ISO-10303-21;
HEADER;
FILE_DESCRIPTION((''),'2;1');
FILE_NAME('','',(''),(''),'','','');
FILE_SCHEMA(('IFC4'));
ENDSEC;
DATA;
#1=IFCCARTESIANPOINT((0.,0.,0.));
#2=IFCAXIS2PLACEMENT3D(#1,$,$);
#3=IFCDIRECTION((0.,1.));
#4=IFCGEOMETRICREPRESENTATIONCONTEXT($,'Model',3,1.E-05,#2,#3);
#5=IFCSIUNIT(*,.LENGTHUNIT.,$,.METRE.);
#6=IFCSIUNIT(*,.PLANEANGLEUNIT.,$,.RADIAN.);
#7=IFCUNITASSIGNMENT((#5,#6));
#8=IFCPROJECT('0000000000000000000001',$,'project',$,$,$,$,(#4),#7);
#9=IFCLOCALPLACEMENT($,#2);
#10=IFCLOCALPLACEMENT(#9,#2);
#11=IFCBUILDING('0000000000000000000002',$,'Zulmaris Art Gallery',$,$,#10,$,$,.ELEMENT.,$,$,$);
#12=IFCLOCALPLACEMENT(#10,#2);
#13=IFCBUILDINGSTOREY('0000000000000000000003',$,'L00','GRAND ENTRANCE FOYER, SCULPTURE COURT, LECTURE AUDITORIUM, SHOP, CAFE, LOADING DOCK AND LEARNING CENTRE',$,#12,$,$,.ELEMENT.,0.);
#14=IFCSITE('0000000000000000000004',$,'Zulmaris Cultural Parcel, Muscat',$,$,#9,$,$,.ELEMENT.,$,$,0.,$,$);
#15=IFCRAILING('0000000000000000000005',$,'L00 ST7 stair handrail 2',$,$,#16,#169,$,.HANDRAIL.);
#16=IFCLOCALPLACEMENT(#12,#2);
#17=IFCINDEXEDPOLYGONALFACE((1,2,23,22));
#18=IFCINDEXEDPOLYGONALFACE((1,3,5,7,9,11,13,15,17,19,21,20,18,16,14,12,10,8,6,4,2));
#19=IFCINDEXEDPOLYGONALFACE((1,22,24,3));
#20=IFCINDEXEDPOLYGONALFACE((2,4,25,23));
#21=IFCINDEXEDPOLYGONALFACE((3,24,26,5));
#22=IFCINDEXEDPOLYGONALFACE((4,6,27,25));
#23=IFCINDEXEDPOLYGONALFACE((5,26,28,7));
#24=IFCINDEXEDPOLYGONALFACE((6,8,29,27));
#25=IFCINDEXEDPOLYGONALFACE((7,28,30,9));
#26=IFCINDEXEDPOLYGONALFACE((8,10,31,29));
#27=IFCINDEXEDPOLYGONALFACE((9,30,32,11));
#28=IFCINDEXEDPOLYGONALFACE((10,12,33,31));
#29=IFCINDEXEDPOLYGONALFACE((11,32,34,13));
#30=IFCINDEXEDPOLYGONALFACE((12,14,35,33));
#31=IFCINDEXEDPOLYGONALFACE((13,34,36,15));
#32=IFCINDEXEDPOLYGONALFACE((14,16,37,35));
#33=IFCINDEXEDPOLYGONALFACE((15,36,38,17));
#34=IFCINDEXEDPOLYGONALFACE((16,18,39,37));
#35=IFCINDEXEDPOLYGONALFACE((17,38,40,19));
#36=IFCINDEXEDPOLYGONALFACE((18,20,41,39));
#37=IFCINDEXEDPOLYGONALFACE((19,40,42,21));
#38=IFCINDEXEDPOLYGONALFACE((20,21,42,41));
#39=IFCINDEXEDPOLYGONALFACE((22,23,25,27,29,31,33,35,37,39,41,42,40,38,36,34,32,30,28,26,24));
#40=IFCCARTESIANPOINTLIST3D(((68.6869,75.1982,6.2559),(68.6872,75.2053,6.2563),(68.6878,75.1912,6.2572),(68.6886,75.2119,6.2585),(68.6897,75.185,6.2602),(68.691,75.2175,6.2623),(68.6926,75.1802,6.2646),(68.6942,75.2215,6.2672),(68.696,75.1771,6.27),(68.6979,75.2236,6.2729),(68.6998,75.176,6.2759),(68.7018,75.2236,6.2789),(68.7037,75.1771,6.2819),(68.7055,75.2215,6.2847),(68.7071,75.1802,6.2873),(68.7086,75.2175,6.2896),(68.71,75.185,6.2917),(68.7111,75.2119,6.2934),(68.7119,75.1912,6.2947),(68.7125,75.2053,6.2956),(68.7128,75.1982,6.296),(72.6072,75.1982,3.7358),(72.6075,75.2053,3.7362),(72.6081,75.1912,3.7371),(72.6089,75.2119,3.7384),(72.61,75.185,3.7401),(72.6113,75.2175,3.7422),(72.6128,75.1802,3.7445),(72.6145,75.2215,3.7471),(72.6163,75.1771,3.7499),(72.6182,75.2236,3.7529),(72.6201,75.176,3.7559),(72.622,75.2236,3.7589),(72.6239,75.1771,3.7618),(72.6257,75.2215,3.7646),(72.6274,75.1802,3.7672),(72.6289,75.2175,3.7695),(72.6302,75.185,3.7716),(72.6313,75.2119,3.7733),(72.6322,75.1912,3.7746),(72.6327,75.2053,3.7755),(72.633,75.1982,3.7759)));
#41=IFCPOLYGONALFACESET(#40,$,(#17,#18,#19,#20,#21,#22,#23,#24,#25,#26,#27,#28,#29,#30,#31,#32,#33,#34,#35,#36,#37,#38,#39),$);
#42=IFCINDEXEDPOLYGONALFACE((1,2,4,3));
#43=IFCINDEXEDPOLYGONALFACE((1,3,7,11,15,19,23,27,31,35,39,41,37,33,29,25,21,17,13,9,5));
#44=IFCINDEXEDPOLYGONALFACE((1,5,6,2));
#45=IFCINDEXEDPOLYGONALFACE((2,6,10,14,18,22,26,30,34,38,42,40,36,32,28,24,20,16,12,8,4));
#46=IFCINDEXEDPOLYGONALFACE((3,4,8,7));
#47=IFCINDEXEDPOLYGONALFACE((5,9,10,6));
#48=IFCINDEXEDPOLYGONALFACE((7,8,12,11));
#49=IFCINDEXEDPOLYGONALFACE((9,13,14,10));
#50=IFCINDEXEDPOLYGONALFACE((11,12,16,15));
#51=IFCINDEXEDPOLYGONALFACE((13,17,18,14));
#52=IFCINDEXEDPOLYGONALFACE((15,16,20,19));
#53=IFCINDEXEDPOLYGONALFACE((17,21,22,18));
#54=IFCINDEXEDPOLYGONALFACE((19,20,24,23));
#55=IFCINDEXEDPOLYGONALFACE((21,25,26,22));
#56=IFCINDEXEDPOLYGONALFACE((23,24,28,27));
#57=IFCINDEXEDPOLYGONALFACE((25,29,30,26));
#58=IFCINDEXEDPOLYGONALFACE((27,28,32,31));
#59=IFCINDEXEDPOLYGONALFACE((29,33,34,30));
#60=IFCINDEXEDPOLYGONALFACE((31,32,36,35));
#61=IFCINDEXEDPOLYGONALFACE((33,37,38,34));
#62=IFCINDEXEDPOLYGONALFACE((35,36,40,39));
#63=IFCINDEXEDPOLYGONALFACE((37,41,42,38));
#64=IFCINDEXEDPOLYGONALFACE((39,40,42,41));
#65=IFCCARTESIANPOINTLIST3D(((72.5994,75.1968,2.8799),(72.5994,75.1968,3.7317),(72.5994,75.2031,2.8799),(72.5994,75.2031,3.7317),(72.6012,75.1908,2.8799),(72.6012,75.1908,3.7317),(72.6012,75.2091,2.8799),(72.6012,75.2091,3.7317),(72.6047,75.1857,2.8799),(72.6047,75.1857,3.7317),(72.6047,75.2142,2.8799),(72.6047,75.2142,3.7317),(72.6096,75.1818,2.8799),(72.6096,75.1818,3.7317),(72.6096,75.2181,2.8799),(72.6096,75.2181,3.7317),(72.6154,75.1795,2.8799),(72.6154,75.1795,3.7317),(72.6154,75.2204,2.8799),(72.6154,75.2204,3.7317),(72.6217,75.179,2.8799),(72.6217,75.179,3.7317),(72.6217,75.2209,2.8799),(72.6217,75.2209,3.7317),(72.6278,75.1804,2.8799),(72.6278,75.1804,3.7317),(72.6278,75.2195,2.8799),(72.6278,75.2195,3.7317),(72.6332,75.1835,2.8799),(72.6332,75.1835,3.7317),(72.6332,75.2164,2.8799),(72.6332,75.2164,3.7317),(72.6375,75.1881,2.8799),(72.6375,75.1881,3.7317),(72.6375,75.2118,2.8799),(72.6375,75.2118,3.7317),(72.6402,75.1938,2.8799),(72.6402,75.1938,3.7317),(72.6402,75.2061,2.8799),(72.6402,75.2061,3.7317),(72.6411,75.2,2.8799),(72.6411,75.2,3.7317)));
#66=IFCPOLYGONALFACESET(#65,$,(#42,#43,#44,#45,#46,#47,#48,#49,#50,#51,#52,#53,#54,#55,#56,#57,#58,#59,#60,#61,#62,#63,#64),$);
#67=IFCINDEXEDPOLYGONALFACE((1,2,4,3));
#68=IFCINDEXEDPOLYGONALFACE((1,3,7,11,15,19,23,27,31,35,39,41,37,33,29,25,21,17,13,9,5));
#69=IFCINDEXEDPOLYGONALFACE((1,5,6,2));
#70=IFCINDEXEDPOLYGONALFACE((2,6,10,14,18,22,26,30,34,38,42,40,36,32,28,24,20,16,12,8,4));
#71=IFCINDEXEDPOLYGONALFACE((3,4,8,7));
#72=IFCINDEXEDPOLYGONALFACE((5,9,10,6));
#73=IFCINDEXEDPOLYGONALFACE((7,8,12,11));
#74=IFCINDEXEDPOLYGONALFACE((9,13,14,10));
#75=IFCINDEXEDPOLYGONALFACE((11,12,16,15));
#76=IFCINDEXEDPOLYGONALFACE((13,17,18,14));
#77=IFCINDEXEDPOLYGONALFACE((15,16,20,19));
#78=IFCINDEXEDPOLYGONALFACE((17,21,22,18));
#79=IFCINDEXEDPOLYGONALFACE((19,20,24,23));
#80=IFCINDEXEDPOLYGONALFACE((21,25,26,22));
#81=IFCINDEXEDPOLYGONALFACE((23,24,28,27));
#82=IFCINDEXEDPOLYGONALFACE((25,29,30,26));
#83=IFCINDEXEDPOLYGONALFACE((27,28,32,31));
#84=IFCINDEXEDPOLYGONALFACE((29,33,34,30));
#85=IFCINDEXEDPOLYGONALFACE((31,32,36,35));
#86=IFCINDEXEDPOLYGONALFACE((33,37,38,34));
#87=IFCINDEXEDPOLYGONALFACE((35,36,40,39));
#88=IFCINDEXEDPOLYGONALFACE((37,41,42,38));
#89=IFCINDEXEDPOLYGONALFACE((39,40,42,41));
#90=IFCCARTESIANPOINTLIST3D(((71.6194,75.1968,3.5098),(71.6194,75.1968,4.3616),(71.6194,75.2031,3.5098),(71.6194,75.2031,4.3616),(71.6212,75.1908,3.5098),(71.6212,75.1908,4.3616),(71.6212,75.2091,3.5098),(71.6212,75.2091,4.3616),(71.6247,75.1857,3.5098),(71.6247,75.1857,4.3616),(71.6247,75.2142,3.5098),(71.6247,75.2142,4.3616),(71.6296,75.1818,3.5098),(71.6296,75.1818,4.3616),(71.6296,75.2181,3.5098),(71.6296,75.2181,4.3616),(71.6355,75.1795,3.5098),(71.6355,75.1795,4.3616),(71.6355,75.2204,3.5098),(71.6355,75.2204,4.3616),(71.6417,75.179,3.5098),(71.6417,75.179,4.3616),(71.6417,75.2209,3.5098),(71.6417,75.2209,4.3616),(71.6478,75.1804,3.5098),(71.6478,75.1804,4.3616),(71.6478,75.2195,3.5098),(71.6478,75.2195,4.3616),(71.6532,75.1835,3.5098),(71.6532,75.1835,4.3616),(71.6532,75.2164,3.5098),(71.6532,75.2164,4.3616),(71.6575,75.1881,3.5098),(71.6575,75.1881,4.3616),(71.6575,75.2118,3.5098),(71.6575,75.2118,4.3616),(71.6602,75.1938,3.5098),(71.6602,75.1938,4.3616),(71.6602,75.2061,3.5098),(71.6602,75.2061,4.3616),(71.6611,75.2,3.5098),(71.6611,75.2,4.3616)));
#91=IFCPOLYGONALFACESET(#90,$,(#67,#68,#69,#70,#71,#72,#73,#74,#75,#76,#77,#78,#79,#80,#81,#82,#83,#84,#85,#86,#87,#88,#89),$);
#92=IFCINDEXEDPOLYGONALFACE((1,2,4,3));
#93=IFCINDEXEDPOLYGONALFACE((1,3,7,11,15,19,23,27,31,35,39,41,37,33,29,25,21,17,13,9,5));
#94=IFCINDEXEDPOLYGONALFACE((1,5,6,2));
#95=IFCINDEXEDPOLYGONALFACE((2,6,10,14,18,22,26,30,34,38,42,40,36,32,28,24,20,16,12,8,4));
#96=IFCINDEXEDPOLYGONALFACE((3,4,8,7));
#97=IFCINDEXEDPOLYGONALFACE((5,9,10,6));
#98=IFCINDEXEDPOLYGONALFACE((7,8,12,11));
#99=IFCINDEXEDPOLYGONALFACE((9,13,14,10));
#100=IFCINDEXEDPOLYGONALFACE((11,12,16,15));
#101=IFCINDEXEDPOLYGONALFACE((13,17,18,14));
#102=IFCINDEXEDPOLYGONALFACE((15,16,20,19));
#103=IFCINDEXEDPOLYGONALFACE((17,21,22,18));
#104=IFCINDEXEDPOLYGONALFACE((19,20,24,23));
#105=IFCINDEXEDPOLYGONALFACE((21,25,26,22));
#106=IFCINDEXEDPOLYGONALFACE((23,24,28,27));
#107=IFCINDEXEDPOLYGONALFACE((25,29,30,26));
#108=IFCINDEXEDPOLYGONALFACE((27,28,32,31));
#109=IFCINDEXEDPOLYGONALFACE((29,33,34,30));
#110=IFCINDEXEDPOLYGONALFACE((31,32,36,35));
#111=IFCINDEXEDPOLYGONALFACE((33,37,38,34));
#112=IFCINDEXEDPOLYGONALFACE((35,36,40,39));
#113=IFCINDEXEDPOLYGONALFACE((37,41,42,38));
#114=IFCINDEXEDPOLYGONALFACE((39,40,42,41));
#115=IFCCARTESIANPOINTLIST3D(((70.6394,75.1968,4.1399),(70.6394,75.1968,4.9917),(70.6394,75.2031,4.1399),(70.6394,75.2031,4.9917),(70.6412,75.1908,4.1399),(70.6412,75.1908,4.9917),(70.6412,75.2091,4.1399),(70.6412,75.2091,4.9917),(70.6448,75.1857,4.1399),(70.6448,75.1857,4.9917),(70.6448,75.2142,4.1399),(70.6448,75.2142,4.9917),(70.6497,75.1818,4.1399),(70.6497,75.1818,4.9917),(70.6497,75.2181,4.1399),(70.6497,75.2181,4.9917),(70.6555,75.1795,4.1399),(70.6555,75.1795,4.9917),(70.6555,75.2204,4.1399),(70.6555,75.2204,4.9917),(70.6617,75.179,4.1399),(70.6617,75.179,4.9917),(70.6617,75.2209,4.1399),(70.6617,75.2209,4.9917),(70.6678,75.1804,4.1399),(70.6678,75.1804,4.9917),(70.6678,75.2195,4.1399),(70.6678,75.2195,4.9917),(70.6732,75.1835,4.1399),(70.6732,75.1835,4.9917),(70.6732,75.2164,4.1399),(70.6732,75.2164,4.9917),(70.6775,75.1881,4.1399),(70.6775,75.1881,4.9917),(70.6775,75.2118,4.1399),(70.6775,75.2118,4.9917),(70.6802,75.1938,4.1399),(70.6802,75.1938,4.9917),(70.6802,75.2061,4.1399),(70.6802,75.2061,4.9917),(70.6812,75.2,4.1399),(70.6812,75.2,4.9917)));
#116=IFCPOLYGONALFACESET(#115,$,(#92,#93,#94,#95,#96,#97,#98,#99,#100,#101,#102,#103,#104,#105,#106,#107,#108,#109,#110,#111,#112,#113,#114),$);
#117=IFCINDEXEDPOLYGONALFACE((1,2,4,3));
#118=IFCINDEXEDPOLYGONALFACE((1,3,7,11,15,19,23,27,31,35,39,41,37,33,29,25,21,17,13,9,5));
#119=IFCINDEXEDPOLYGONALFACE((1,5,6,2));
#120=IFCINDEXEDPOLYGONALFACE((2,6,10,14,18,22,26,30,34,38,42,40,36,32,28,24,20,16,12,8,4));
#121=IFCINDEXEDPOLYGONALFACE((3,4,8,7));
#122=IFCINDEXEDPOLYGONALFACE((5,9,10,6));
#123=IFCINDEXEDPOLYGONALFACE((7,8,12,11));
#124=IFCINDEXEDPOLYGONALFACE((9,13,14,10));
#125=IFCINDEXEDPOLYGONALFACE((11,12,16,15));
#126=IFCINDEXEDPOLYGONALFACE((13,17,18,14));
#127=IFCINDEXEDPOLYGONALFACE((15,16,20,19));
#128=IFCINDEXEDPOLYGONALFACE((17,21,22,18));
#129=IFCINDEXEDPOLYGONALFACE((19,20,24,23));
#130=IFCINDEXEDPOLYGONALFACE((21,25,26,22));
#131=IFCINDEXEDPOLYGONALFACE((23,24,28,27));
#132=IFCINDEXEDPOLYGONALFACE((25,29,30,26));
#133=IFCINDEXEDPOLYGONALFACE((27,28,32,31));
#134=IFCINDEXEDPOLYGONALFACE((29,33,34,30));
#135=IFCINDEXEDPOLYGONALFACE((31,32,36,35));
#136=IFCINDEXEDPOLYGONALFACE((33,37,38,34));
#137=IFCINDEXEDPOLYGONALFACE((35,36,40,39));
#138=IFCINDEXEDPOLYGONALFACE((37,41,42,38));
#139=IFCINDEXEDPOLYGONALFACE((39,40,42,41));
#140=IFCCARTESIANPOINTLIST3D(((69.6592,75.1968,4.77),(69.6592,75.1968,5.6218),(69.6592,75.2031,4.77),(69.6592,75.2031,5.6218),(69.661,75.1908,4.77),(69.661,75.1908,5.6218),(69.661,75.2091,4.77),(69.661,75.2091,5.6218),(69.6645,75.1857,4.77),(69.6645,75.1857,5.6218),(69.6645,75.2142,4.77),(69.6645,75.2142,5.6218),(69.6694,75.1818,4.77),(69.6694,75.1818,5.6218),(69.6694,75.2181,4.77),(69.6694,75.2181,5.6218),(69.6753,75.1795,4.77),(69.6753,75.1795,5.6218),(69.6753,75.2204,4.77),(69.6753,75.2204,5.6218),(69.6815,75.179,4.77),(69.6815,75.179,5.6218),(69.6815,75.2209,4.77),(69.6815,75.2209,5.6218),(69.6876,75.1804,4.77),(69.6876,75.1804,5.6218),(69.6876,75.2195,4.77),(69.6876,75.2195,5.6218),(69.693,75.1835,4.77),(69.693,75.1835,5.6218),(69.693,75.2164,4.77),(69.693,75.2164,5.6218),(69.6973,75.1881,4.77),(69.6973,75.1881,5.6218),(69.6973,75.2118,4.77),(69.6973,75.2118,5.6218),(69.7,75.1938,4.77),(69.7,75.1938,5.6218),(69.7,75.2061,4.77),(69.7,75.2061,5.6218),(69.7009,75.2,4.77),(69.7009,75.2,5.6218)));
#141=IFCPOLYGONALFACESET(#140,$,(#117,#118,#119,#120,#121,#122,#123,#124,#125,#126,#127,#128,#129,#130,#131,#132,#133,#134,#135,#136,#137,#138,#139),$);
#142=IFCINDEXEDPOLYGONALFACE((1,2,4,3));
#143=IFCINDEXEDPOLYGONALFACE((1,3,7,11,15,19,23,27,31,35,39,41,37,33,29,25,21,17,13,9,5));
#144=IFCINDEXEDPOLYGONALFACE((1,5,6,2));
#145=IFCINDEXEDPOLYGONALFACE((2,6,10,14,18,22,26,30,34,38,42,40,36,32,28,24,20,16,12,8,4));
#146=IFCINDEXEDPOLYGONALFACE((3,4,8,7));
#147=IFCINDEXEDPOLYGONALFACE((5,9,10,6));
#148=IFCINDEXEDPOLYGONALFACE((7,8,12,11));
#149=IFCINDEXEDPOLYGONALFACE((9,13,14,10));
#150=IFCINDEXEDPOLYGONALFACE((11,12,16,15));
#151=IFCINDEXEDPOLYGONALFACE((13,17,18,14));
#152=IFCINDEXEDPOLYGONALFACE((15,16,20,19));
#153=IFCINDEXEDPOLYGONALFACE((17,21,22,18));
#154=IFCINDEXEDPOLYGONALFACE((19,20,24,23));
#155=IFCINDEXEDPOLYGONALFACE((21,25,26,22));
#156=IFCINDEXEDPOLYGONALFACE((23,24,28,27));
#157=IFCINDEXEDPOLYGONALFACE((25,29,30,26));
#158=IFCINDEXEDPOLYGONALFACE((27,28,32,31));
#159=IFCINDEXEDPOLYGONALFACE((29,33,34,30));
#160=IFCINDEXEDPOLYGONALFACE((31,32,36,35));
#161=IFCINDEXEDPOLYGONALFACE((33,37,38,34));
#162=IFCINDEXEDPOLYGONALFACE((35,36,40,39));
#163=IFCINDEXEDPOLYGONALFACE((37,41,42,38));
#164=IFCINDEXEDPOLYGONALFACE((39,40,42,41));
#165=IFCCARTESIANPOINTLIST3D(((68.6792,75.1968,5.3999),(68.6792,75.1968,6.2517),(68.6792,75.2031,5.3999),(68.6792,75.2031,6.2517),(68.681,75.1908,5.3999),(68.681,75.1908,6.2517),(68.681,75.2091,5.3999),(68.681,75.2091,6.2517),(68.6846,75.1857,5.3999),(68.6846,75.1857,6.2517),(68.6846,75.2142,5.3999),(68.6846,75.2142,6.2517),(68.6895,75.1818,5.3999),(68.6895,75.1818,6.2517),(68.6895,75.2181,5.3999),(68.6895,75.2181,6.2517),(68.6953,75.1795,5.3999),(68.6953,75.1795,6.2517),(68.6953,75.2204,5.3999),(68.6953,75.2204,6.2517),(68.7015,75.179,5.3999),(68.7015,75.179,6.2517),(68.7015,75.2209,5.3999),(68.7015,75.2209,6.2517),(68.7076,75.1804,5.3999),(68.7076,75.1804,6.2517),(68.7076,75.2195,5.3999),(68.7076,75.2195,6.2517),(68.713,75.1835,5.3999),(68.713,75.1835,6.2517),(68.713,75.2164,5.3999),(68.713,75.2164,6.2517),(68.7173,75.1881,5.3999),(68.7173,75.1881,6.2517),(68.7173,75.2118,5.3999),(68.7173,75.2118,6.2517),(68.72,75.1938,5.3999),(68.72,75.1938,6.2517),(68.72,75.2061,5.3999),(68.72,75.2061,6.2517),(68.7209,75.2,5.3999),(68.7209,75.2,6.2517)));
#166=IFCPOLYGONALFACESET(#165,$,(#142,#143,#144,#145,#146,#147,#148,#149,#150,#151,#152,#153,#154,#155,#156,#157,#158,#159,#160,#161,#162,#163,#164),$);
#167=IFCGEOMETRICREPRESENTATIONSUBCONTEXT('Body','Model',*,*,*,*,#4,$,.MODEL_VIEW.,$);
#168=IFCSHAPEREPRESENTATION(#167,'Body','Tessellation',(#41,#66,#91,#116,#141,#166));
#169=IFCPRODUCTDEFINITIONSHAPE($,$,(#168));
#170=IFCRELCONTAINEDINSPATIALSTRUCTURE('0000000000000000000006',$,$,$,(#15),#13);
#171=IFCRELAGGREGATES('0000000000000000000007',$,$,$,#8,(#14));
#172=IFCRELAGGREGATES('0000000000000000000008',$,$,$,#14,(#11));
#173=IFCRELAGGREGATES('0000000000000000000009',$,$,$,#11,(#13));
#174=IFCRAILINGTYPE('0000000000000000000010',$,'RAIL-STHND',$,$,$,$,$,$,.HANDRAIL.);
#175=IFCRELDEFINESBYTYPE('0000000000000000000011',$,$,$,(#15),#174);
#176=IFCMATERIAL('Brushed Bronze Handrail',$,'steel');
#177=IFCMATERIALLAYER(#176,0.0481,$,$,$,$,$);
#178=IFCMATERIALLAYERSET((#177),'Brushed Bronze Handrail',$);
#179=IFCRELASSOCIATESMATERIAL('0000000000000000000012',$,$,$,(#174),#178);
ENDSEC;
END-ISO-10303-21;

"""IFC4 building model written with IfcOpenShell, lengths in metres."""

from ifc_helpers import new_model, si_unit, direction, frame, origin, origin_2d, place, context, subcontext, project, spatial, circle, extrude, material, layer, layer_set, type_object, element, save


model = new_model("IFC4")

# Units and contexts
model_context = context("Model", 3, precision=1e-05, world=origin(), true_north=direction((0.0, 1.0)))
body_context = subcontext(model_context, "Body", "Model", "MODEL_VIEW")
ifc_project = project(units=[si_unit("LENGTHUNIT", "METRE"), si_unit("PLANEANGLEUNIT", "RADIAN")], contexts=[model_context])

# Site, building, storey
site_placement = place(None, origin())
site = spatial("IfcSite", under=ifc_project, at=site_placement, Name="Zulmaris Cultural Parcel, Muscat", CompositionType="ELEMENT", RefElevation=0.0)
building_placement = place(site_placement, origin())
building = spatial("IfcBuilding", under=site, at=building_placement, Name="Zulmaris Art Gallery", CompositionType="ELEMENT")
storey_placement = place(building_placement, origin())
storey = spatial("IfcBuildingStorey", under=building, at=storey_placement, Name="L00", Description="GRAND ENTRANCE FOYER, SCULPTURE COURT, LECTURE AUDITORIUM, SHOP, CAFE, LOADING DOCK AND LEARNING CENTRE", CompositionType="ELEMENT", Elevation=0.0)

# Railing
ifc_material_1 = material(Name="Brushed Bronze Handrail", Category="steel")
ifc_layer_1 = layer(ifc_material_1, 0.0481)
ifc_layer_set_1 = layer_set([ifc_layer_1], Name="Brushed Bronze Handrail")
railing_type_1 = type_object("IfcRailingType", Name="RAIL-STHND", PredefinedType="HANDRAIL", material=ifc_layer_set_1)
railing_1_placement = place(storey_placement, frame((72.6201, 75.2, 2.8799)))
element("IfcRailing", 1, at=railing_1_placement, inside=storey, type_object=railing_type_1, Name="L00 ST7 stair handrail 2", PredefinedType="HANDRAIL", context=body_context, shape_type="SweptSolid", body=[
    extrude(circle(Radius=0.0239, at=origin_2d()), frame((0.0, 0.0, 0.876), z_axis=(-0.841187, 0.0, 0.540744), x_axis=(0.0, -1.0, 0.0)), (0.0, 0.0, 1.0), 4.6604),
    extrude(circle(Radius=0.021, at=origin_2d()), origin(), (0.0, 0.0, 1.0), 0.8518),
    extrude(circle(Radius=0.021, at=origin_2d()), frame((-0.98, 0.0, 0.6299)), (0.0, 0.0, 1.0), 0.8518),
    extrude(circle(Radius=0.021, at=origin_2d()), frame((-1.96, 0.0, 1.26)), (0.0, 0.0, 1.0), 0.8518),
    extrude(circle(Radius=0.021, at=origin_2d()), frame((-2.9402, 0.0, 1.8901)), (0.0, 0.0, 1.0), 0.8518),
    extrude(circle(Radius=0.021, at=origin_2d()), frame((-3.9202, 0.0, 2.52)), (0.0, 0.0, 1.0), 0.8518),
])

save(model, "model.ifc")
